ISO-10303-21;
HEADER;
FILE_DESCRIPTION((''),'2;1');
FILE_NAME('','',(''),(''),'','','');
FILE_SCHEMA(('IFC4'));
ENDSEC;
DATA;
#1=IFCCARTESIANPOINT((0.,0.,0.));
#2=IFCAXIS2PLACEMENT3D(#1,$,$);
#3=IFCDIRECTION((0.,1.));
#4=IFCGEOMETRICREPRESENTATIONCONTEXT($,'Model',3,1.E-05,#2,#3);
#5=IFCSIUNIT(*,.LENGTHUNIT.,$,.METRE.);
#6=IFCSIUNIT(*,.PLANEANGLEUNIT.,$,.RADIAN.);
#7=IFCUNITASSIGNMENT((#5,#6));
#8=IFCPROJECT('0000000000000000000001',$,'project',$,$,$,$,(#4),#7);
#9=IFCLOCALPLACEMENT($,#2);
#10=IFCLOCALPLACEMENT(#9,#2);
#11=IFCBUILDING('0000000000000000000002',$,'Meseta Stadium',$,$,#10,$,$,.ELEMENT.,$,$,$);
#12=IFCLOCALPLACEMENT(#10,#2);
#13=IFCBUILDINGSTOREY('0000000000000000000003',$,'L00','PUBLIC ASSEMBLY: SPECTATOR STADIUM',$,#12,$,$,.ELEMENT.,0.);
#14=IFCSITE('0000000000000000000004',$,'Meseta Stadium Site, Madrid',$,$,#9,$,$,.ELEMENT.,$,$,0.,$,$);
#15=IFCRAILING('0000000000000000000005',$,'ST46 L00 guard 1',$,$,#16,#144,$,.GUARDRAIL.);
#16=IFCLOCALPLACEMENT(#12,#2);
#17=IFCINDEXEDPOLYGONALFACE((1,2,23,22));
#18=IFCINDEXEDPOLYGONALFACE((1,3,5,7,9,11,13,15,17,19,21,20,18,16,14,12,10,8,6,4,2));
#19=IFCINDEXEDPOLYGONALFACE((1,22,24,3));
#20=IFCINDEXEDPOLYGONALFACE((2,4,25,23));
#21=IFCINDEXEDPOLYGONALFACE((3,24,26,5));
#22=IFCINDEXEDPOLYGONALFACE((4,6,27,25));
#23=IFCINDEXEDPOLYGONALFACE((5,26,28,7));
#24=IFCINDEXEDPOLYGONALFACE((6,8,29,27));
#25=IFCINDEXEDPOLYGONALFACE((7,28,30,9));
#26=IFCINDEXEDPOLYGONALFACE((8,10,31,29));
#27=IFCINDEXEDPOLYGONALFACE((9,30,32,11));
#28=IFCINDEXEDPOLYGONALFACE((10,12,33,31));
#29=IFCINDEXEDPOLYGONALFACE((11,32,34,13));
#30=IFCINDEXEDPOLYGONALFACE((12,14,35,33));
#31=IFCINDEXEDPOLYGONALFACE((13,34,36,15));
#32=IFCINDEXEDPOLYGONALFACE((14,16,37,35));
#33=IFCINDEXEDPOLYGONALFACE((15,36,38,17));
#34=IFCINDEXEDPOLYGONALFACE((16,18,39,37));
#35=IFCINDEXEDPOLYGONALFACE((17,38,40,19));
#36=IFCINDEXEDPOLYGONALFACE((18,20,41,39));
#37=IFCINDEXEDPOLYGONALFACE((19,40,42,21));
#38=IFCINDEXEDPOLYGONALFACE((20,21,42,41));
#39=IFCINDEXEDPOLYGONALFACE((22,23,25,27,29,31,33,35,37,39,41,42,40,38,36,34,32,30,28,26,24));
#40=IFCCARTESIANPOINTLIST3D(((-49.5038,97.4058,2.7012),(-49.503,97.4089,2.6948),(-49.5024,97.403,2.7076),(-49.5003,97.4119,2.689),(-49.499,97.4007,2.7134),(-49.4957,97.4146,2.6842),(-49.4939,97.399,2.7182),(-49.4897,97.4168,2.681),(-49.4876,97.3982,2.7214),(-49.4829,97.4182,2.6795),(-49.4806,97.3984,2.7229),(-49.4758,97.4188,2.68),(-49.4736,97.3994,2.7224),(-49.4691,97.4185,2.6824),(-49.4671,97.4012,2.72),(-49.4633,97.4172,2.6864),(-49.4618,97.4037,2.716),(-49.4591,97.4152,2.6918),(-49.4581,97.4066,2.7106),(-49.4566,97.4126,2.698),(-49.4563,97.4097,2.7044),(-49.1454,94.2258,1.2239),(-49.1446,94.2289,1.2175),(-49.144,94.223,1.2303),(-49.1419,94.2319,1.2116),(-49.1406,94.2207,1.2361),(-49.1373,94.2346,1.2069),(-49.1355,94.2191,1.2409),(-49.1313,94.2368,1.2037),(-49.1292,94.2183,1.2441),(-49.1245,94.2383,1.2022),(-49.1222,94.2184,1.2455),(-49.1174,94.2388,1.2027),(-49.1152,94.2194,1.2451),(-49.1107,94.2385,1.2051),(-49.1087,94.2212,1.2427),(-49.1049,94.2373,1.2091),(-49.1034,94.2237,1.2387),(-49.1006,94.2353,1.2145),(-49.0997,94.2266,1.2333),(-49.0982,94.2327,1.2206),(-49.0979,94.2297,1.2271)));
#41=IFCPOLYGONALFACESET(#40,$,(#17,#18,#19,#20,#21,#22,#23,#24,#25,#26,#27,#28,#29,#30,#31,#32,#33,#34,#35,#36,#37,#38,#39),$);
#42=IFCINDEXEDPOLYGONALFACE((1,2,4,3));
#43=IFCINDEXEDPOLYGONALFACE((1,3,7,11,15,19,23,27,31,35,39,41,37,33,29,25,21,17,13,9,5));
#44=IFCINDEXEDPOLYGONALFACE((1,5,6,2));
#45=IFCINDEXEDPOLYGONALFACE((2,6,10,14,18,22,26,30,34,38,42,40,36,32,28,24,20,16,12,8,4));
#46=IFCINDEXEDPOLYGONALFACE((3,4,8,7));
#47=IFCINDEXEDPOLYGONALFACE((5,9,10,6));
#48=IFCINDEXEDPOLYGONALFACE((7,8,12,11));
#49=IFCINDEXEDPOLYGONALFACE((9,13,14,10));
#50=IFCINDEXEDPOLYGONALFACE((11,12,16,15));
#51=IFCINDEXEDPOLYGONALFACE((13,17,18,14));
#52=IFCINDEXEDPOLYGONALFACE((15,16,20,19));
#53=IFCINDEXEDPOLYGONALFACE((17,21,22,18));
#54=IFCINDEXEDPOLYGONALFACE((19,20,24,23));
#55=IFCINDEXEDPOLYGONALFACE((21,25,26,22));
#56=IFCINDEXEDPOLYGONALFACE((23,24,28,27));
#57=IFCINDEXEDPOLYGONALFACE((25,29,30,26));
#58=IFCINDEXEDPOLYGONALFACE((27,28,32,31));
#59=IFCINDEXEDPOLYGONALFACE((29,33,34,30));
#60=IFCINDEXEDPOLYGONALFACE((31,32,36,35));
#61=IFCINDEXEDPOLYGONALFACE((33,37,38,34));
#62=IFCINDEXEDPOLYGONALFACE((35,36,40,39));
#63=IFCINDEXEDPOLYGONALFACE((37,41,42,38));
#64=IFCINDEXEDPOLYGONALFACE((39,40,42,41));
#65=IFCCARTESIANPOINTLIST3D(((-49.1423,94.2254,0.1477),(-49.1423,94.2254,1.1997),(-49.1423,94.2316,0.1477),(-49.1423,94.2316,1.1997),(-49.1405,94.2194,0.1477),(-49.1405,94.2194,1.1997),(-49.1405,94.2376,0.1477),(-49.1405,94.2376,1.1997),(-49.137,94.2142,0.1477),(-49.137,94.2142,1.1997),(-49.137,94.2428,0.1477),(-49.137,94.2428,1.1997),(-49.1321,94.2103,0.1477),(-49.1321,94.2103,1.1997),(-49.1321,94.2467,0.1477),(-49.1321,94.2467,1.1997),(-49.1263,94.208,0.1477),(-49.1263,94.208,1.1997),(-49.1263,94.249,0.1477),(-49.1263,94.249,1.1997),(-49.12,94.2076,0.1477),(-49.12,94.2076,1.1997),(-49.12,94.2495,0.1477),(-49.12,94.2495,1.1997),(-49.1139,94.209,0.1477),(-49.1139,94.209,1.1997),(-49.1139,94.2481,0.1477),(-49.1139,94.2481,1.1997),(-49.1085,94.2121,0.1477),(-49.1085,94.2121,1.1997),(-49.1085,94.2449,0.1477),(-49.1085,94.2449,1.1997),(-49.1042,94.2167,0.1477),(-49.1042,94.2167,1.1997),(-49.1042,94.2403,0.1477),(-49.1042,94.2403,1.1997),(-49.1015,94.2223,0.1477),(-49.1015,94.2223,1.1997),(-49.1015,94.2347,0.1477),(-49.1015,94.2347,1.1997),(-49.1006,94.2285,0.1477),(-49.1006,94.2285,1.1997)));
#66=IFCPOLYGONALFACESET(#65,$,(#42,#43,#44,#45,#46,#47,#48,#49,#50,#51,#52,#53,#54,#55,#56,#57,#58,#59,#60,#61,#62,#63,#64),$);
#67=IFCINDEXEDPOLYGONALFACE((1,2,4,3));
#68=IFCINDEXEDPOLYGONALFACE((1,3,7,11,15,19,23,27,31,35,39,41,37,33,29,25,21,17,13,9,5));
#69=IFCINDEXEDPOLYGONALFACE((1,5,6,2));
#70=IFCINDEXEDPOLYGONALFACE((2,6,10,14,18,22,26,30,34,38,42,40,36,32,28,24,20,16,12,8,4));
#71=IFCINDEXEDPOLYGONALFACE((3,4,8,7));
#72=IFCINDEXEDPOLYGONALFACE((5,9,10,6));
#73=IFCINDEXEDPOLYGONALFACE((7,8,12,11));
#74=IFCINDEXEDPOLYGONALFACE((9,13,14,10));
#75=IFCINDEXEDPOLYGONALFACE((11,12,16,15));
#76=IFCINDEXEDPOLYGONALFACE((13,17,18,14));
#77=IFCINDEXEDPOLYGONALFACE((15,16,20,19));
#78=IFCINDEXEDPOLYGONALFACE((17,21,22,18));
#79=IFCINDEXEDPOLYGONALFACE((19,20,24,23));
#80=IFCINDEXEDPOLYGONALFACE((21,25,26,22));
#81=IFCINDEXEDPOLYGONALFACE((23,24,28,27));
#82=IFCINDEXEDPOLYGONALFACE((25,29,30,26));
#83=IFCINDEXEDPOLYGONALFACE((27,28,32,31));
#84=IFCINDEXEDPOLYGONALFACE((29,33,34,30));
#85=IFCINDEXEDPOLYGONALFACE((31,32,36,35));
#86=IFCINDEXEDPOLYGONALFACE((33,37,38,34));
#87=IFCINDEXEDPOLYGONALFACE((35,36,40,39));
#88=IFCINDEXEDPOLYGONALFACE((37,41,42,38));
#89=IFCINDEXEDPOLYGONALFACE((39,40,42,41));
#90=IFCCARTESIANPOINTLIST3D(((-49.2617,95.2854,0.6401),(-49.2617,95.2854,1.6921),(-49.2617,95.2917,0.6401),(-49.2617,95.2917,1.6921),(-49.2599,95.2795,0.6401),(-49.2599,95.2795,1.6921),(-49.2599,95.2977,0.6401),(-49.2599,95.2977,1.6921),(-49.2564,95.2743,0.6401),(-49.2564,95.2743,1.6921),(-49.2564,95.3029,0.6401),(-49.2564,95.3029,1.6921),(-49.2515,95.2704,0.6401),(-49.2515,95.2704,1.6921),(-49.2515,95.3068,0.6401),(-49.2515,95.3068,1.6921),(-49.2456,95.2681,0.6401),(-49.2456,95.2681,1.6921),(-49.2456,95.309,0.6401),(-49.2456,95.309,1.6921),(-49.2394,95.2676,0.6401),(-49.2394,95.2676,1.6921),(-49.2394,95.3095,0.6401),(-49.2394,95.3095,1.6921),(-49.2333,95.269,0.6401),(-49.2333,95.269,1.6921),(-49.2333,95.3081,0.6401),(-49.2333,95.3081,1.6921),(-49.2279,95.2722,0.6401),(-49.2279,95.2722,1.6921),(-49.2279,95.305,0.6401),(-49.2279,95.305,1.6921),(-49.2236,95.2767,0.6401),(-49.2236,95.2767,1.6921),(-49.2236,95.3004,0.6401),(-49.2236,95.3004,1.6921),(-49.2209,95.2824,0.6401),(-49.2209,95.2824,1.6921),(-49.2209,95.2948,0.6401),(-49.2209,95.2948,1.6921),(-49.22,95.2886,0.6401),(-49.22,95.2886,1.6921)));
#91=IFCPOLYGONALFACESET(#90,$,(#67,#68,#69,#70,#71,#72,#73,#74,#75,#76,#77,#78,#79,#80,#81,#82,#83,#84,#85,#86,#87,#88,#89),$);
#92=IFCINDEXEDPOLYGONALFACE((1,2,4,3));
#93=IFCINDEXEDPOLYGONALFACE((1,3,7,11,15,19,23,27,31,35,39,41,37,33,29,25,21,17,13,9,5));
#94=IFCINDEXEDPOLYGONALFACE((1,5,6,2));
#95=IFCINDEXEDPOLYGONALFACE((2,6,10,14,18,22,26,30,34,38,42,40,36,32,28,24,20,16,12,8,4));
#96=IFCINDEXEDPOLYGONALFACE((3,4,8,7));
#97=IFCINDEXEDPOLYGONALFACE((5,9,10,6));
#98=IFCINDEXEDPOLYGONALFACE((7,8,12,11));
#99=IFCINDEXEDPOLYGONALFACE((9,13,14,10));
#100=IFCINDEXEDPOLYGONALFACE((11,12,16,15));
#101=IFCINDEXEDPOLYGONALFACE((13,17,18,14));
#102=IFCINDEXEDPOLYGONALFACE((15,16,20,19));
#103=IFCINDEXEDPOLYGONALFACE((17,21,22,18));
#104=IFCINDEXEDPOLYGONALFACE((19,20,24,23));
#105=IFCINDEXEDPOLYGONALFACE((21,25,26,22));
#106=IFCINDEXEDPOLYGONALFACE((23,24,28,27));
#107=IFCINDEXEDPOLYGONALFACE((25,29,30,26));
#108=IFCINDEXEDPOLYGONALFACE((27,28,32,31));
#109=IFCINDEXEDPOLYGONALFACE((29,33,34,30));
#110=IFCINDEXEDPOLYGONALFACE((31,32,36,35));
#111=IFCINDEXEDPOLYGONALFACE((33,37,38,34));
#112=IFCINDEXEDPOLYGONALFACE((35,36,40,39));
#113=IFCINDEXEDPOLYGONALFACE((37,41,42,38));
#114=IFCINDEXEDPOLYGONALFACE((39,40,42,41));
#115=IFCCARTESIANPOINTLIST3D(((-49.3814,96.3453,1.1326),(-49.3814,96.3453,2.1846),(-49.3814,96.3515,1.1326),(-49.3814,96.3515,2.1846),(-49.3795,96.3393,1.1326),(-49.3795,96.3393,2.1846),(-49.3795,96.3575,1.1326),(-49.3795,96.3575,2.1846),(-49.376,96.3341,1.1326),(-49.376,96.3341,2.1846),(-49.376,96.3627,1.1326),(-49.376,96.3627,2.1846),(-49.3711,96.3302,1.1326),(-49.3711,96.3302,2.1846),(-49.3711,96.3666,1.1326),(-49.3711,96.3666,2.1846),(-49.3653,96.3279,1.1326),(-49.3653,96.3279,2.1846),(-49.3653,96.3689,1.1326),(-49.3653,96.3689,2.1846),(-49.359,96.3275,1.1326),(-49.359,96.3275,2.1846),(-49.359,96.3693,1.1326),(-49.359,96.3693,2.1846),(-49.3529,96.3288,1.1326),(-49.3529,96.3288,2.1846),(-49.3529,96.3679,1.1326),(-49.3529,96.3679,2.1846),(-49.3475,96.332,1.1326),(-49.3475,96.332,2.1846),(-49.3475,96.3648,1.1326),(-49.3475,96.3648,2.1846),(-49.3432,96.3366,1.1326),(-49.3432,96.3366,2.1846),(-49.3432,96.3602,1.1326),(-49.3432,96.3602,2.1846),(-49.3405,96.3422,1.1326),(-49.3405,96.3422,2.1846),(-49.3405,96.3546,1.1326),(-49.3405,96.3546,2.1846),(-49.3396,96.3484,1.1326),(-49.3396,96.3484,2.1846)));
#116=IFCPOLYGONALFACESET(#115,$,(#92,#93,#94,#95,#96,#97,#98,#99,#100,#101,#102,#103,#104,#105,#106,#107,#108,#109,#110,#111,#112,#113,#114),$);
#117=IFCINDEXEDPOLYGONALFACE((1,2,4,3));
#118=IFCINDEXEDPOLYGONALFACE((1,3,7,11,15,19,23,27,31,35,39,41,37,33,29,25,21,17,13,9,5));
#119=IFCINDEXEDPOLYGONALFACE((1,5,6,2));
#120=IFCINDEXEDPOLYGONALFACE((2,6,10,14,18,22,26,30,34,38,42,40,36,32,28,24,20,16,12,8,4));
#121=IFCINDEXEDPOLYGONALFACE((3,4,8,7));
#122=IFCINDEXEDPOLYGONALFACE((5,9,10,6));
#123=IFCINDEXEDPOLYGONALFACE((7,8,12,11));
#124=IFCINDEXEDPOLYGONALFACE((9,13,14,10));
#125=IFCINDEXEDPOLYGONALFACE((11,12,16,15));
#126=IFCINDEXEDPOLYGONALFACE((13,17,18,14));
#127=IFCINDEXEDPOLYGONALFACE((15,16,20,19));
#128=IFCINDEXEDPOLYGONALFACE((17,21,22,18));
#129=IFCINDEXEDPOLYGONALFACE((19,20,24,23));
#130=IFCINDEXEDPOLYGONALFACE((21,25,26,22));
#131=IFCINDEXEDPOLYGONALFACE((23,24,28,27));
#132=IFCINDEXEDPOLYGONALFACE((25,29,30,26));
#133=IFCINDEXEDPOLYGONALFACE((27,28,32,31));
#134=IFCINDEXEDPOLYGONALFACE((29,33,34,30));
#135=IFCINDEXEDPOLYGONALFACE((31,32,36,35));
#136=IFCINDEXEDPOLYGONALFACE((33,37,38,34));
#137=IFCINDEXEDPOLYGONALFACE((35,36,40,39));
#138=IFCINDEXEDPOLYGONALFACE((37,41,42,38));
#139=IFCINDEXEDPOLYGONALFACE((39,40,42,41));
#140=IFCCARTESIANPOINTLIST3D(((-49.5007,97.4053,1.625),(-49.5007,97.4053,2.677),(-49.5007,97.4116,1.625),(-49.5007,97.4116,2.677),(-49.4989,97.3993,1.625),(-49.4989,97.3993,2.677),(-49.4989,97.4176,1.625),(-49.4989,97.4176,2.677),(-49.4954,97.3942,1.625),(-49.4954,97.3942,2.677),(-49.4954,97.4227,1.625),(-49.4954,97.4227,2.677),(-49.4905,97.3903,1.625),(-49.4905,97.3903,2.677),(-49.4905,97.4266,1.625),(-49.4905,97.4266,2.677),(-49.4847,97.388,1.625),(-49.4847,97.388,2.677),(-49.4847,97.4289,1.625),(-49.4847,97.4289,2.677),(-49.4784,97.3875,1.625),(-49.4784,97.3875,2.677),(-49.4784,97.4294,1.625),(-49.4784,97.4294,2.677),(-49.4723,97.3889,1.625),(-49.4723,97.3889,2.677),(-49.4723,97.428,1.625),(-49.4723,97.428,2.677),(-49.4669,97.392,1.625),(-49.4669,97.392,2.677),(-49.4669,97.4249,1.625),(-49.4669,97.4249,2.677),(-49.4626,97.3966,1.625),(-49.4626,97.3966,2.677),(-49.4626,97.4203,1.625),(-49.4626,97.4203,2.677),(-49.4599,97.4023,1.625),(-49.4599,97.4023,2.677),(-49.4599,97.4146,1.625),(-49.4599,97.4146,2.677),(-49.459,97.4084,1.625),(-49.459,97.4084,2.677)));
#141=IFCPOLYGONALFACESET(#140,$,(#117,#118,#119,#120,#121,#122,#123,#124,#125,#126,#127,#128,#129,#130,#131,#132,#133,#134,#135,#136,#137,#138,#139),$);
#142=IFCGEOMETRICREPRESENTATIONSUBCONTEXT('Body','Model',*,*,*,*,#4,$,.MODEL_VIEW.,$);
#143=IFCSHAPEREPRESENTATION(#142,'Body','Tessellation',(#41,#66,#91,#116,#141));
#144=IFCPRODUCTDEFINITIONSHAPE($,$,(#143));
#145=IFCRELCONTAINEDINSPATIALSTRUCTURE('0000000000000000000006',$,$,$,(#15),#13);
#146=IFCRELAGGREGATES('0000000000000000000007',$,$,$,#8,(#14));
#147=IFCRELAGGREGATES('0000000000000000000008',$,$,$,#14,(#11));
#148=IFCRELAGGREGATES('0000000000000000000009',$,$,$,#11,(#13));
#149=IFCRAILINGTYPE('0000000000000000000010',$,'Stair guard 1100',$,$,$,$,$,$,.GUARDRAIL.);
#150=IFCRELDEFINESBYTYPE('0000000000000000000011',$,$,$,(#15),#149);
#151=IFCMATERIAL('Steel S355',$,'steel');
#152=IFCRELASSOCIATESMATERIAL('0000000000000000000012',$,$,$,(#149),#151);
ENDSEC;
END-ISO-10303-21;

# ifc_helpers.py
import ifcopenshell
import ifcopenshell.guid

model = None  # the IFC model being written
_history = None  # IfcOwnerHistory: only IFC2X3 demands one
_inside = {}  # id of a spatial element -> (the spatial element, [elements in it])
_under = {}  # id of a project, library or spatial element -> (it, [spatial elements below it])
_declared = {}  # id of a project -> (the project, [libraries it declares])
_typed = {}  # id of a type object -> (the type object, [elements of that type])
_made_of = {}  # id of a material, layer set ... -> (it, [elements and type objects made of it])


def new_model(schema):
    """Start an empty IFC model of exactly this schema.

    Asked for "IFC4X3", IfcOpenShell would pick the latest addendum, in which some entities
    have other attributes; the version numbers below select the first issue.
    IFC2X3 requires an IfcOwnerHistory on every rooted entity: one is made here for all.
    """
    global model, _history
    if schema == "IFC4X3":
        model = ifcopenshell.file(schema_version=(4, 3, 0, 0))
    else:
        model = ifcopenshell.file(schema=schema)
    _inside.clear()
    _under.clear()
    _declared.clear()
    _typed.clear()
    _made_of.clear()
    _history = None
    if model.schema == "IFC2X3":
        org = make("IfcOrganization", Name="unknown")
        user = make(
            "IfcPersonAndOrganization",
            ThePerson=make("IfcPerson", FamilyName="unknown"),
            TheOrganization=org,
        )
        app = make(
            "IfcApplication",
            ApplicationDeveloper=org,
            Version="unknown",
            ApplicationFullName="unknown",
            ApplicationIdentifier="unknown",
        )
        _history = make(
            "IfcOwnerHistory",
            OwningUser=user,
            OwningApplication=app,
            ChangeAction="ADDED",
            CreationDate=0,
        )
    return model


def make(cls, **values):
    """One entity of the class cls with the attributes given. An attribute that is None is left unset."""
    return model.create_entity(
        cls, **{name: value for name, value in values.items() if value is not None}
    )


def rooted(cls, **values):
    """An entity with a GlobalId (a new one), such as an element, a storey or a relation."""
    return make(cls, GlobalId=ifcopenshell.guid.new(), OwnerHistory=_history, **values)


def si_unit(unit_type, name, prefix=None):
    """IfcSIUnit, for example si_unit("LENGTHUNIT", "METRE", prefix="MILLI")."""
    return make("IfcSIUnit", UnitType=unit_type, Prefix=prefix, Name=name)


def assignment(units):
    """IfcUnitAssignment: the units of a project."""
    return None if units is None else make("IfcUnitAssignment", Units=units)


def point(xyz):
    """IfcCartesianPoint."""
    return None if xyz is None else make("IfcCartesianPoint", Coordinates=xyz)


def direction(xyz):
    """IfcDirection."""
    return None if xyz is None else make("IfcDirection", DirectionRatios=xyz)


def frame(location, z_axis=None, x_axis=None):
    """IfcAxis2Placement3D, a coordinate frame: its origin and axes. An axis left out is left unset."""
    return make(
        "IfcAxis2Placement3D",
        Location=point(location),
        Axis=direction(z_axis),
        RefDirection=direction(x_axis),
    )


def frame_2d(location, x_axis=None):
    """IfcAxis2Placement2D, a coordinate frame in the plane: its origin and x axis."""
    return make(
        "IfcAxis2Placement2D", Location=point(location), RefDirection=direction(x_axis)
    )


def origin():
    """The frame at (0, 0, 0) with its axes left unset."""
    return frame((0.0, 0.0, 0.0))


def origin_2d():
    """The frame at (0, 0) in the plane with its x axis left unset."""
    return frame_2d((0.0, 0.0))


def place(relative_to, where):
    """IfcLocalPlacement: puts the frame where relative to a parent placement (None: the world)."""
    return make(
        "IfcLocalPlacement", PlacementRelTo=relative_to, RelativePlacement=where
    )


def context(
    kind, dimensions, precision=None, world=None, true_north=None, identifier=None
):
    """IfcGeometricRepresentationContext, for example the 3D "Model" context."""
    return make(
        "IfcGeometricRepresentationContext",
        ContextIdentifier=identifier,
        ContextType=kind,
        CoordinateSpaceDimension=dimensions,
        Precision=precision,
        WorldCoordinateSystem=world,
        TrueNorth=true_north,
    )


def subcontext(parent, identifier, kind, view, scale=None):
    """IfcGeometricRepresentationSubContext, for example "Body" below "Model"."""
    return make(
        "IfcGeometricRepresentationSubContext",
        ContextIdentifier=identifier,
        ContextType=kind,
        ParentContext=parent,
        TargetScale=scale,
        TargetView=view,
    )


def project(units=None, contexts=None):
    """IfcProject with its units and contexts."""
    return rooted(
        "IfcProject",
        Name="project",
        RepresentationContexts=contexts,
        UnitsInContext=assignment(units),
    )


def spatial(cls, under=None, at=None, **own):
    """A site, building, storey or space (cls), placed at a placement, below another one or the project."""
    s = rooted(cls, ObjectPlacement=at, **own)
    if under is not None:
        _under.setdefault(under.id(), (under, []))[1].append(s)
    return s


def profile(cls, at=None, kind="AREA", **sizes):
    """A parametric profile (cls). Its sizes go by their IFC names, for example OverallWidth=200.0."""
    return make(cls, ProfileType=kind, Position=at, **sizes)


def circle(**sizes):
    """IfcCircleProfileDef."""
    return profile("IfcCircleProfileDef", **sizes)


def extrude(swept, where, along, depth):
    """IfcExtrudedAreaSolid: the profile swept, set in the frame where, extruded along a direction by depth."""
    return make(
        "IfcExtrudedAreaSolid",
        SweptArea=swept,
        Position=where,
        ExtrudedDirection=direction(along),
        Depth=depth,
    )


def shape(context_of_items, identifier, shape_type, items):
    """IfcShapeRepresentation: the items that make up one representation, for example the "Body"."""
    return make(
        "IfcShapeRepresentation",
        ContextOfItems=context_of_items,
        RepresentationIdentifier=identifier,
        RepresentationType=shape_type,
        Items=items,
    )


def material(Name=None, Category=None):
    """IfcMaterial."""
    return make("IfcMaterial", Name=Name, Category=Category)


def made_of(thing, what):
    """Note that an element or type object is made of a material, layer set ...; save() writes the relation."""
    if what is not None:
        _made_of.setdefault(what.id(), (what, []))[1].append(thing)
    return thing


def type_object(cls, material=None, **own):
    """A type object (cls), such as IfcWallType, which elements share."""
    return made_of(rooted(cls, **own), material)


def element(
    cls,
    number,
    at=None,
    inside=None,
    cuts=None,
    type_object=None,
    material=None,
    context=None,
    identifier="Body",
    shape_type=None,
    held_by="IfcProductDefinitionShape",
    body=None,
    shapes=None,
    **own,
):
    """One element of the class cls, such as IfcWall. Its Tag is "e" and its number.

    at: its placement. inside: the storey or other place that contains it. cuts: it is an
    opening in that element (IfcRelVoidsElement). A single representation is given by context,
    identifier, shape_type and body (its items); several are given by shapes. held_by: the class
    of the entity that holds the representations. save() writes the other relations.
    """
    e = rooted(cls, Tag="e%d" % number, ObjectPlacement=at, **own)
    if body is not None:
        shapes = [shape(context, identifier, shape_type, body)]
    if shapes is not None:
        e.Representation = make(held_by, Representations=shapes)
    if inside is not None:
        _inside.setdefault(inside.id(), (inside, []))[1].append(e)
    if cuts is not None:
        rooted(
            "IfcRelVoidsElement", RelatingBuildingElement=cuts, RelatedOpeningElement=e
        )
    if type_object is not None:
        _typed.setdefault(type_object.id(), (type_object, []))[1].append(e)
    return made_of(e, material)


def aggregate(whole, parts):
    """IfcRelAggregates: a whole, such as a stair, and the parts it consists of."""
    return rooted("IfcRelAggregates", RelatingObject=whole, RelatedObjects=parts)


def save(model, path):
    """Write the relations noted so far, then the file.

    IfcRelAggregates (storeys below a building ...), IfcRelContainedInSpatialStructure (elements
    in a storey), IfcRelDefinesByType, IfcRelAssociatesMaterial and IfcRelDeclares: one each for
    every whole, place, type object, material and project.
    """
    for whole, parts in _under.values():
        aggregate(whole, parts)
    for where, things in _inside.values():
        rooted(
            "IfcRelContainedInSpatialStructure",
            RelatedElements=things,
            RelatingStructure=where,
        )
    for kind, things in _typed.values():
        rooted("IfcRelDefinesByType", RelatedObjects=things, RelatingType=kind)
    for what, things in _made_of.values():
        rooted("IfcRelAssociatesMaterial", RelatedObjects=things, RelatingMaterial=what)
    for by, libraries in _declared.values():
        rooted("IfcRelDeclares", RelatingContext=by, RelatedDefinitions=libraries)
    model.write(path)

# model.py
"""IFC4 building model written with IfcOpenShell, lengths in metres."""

from ifc_helpers import new_model, si_unit, direction, frame, origin, origin_2d, place, context, subcontext, project, spatial, circle, extrude, material, type_object, element, save


model = new_model("IFC4")

# Units and contexts
model_context = context("Model", 3, precision=1e-05, world=origin(), true_north=direction((0.0, 1.0)))
body_context = subcontext(model_context, "Body", "Model", "MODEL_VIEW")
ifc_project = project(units=[si_unit("LENGTHUNIT", "METRE"), si_unit("PLANEANGLEUNIT", "RADIAN")], contexts=[model_context])

# Site, building, storey
site_placement = place(None, origin())
site = spatial("IfcSite", under=ifc_project, at=site_placement, Name="Meseta Stadium Site, Madrid", CompositionType="ELEMENT", RefElevation=0.0)
building_placement = place(site_placement, origin())
building = spatial("IfcBuilding", under=site, at=building_placement, Name="Meseta Stadium", CompositionType="ELEMENT")
storey_placement = place(building_placement, origin())
storey = spatial("IfcBuildingStorey", under=building, at=storey_placement, Name="L00", Description="PUBLIC ASSEMBLY: SPECTATOR STADIUM", CompositionType="ELEMENT", Elevation=0.0)

# Railing
ifc_material_1 = material(Name="Steel S355", Category="steel")
railing_type_1 = type_object("IfcRailingType", Name="Stair guard 1100", PredefinedType="GUARDRAIL", material=ifc_material_1)
railing_1_placement = place(storey_placement, frame((-49.1216, 94.2285, 0.1477)))
element("IfcRailing", 1, at=railing_1_placement, inside=storey, type_object=railing_type_1, Name="ST46 L00 guard 1", PredefinedType="GUARDRAIL", context=body_context, shape_type="SweptSolid", body=[
    extrude(circle(Radius=0.0239, at=origin_2d()), frame((0.0, 0.0, 1.0762), z_axis=(-0.101685, 0.90221, 0.419138), x_axis=(-0.993709, -0.111997, 0.0)), (0.0, 0.0, 1.0), 3.5247),
    extrude(circle(Radius=0.021, at=origin_2d()), origin(), (0.0, 0.0, 1.0), 1.052),
    extrude(circle(Radius=0.021, at=origin_2d()), frame((-0.1194, 1.0601, 0.4924)), (0.0, 0.0, 1.0), 1.052),
    extrude(circle(Radius=0.021, at=origin_2d()), frame((-0.239, 2.1199, 0.9849)), (0.0, 0.0, 1.0), 1.052),
    extrude(circle(Radius=0.021, at=origin_2d()), frame((-0.3584, 3.1799, 1.4773)), (0.0, 0.0, 1.0), 1.052),
])

save(model, "model.ifc")
